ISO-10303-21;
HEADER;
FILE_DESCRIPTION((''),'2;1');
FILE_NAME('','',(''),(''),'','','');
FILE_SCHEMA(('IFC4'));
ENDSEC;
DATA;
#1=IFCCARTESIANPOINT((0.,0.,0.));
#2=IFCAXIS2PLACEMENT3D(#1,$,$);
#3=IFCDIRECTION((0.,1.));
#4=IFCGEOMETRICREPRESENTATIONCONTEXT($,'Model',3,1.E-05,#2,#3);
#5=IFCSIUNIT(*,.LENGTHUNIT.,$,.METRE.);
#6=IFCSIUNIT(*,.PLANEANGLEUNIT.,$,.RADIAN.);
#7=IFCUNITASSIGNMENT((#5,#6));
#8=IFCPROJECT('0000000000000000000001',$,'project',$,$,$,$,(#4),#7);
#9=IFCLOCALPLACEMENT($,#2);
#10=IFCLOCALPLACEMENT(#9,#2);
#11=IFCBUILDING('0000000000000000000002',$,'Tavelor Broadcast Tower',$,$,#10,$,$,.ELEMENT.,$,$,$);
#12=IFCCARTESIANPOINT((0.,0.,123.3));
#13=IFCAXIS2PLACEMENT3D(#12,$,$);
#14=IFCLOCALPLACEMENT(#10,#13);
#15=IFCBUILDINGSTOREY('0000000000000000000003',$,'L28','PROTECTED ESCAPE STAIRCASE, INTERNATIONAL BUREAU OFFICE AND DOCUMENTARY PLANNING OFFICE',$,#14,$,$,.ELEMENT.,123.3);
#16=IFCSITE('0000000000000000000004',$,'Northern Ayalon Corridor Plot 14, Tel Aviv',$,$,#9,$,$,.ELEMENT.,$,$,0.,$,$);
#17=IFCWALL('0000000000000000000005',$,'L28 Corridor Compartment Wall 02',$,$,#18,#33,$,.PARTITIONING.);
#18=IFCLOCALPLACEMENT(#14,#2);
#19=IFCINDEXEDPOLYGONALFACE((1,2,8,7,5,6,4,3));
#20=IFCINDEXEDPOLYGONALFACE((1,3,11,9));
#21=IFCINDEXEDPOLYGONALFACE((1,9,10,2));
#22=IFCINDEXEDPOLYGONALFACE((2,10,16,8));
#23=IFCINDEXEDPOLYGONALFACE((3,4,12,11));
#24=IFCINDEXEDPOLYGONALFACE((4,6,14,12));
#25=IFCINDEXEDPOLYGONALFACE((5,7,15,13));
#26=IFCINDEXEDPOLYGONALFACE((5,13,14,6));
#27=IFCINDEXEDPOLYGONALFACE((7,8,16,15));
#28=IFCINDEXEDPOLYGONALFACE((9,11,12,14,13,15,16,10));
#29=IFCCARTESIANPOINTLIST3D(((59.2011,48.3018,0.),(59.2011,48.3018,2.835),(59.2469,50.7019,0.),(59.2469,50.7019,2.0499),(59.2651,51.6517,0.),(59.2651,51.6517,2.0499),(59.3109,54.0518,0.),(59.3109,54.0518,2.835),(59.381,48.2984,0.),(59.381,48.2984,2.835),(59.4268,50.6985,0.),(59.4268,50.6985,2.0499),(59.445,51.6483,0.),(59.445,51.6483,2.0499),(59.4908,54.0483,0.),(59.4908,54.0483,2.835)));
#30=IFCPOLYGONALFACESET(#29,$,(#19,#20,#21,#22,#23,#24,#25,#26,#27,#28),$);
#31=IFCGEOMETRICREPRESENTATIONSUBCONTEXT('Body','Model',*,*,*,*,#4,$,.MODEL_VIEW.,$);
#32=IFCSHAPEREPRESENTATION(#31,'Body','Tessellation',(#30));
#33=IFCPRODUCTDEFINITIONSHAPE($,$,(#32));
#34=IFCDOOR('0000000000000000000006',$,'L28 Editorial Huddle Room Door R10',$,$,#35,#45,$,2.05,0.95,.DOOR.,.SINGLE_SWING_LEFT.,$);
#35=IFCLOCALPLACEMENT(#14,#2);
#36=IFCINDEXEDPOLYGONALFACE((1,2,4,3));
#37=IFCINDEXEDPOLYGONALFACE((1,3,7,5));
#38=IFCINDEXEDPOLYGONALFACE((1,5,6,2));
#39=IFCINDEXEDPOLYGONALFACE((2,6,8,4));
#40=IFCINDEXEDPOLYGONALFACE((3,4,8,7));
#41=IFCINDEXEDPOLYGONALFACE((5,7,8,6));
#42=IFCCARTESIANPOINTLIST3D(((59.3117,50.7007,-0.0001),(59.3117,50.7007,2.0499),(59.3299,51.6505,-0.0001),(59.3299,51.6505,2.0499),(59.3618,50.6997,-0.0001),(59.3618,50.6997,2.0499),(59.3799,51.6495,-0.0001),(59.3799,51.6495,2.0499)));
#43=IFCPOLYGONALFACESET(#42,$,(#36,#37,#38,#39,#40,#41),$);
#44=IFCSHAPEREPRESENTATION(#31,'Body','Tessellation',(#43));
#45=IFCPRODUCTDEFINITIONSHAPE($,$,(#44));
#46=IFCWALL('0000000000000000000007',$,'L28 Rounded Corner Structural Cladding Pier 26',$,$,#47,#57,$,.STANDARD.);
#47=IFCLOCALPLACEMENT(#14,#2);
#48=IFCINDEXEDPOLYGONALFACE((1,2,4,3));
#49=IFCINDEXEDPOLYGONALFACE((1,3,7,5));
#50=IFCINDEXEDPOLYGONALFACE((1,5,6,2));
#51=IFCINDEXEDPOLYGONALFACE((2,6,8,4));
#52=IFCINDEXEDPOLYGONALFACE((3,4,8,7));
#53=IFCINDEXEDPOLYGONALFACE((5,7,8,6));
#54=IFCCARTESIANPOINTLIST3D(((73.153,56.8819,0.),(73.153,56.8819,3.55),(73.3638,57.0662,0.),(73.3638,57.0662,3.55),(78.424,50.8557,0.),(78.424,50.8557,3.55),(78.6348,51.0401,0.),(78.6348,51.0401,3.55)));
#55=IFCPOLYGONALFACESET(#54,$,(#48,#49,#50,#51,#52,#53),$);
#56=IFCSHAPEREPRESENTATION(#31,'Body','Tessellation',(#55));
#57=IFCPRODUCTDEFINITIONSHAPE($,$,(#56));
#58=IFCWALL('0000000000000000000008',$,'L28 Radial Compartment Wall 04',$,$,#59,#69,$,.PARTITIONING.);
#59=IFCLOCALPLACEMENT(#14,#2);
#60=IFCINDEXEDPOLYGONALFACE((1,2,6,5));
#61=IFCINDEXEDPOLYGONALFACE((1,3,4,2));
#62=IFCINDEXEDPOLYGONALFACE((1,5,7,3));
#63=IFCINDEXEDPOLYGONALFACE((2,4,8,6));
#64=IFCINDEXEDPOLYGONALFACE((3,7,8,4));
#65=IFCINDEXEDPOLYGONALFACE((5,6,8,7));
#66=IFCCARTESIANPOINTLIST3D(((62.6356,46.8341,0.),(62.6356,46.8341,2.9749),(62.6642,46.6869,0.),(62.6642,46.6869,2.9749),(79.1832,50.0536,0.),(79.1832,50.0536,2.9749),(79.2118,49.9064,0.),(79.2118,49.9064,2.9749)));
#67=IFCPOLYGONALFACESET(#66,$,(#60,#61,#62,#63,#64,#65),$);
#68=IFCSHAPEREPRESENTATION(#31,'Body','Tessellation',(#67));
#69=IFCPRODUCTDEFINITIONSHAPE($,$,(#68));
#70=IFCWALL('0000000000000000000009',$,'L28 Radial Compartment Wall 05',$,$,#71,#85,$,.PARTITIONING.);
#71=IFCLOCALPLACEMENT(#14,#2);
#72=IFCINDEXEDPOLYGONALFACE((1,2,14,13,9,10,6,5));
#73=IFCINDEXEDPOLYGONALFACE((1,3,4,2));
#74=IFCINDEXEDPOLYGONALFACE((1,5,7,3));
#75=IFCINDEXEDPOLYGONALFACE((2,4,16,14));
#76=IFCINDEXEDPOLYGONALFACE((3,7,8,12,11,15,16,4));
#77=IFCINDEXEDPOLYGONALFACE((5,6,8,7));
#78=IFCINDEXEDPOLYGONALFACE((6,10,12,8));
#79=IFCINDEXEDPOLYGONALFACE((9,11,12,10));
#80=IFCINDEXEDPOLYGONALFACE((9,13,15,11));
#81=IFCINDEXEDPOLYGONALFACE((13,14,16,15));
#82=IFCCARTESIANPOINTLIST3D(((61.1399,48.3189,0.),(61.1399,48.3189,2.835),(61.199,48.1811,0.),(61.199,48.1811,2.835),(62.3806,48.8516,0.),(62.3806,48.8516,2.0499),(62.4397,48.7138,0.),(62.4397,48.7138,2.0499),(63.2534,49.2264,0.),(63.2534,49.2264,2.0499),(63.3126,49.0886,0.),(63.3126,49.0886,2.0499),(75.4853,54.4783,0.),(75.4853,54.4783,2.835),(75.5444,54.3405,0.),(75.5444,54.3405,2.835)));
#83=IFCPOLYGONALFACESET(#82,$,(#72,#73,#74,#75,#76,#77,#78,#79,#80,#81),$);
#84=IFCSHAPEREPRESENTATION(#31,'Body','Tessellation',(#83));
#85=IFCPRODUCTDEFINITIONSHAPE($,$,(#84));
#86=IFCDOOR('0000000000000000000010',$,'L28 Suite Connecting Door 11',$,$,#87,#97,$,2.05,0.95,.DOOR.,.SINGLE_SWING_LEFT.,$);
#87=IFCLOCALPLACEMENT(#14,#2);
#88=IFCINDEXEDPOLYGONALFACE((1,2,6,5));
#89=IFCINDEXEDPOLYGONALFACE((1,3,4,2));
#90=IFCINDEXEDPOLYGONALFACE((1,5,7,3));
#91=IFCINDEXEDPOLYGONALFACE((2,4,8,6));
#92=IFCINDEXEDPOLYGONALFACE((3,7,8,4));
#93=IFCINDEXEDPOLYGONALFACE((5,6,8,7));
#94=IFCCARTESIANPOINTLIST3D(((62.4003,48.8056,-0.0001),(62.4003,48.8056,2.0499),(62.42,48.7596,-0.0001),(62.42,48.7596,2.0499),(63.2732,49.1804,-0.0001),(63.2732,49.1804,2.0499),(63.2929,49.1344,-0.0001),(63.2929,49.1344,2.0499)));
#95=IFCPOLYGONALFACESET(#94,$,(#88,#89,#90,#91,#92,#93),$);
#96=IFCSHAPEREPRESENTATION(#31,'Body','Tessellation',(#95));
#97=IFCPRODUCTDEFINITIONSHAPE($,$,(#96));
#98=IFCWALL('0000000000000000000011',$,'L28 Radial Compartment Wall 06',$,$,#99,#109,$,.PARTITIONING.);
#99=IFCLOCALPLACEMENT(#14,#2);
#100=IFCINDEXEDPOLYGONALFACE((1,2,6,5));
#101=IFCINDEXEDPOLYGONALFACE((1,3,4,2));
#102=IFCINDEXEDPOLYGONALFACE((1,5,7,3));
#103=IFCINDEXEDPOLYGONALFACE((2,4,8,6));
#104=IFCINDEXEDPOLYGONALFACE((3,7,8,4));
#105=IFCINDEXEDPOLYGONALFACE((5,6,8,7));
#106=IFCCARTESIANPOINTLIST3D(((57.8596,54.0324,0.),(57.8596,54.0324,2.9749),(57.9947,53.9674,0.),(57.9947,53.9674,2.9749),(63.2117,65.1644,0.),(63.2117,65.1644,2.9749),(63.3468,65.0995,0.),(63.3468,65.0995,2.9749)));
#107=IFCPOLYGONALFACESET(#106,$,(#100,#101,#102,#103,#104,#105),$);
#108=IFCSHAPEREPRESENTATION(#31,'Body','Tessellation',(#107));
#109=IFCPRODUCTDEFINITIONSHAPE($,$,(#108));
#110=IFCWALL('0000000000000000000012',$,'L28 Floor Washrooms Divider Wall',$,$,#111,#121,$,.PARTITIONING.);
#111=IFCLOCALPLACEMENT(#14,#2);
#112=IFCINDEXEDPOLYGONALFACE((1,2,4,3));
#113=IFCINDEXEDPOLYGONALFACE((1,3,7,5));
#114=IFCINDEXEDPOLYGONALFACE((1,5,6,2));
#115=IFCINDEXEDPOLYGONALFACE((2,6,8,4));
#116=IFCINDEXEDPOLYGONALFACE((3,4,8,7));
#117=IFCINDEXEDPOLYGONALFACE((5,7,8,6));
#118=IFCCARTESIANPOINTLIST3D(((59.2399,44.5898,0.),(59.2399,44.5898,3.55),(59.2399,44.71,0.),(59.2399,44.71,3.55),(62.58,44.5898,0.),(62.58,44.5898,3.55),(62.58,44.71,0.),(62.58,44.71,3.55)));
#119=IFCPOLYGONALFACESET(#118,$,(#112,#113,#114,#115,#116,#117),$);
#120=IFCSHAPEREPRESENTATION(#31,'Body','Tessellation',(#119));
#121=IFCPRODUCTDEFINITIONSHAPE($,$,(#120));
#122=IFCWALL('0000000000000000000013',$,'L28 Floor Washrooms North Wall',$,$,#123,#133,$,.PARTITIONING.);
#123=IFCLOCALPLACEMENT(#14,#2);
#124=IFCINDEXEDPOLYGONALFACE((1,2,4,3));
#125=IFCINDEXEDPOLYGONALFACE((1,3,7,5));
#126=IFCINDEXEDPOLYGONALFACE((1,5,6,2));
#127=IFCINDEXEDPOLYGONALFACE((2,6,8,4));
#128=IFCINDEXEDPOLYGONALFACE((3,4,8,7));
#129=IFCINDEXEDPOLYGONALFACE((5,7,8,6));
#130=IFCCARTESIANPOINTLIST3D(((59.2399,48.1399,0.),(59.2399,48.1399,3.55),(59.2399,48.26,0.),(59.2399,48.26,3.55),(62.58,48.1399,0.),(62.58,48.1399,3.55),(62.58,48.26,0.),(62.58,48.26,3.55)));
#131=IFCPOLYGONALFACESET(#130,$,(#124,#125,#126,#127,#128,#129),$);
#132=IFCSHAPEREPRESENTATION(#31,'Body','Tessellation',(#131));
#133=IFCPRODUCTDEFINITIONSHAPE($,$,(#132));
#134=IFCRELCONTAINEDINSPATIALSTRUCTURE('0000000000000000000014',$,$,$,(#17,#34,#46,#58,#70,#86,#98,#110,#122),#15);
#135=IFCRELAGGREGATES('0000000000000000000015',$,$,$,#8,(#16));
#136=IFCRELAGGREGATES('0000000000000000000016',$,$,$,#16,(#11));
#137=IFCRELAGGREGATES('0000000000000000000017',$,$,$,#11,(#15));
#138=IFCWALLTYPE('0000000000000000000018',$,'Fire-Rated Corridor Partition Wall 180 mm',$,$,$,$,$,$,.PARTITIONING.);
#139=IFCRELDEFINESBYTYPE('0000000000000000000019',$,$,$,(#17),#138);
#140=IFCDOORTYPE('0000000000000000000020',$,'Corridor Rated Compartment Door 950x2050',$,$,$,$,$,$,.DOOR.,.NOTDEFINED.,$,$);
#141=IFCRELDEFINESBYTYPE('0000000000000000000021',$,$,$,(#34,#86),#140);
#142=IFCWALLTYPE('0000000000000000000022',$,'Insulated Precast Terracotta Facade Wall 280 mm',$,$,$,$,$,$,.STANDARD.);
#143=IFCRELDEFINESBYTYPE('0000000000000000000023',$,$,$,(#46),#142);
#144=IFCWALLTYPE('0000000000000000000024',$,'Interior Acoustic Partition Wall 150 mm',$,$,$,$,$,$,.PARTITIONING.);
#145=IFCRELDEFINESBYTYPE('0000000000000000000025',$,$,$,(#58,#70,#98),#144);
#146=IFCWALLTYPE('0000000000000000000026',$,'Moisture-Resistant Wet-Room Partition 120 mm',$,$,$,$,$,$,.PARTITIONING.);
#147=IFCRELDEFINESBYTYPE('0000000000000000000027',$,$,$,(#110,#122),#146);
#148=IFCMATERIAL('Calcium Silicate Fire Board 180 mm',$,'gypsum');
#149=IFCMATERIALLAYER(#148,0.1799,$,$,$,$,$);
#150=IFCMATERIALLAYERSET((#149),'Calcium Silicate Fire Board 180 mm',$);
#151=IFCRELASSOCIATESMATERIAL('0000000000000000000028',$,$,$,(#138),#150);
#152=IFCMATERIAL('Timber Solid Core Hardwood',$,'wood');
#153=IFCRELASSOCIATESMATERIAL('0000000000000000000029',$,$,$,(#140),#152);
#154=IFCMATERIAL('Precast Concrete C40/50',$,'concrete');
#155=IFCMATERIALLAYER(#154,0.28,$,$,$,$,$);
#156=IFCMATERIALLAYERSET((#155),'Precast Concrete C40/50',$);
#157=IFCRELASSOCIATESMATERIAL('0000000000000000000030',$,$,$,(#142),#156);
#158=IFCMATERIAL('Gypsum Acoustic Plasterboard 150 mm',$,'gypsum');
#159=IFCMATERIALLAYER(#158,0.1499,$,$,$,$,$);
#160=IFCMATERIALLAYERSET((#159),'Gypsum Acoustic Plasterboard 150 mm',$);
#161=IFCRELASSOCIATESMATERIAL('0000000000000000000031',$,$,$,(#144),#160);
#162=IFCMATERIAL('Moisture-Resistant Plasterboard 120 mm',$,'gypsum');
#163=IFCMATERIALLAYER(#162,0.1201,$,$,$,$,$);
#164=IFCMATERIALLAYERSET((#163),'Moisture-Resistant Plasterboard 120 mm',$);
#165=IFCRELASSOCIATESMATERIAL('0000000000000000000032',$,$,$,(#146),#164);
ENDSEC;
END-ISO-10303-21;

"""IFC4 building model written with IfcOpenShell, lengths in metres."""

from ifc_helpers import new_model, si_unit, direction, frame, frame_2d, origin, place, context, subcontext, project, spatial, rectangle, extrude, material, layer, layer_set, type_object, element, fill, save


model = new_model("IFC4")

# Units and contexts
model_context = context("Model", 3, precision=1e-05, world=origin(), true_north=direction((0.0, 1.0)))
body_context = subcontext(model_context, "Body", "Model", "MODEL_VIEW")
ifc_project = project(units=[si_unit("LENGTHUNIT", "METRE"), si_unit("PLANEANGLEUNIT", "RADIAN")], contexts=[model_context])

# Site, building, storey
site_placement = place(None, origin())
site = spatial("IfcSite", under=ifc_project, at=site_placement, Name="Northern Ayalon Corridor Plot 14, Tel Aviv", CompositionType="ELEMENT", RefElevation=0.0)
building_placement = place(site_placement, origin())
building = spatial("IfcBuilding", under=site, at=building_placement, Name="Tavelor Broadcast Tower", CompositionType="ELEMENT")
storey_placement = place(building_placement, frame((0.0, 0.0, 123.3)))
storey = spatial("IfcBuildingStorey", under=building, at=storey_placement, Name="L28", Description="PROTECTED ESCAPE STAIRCASE, INTERNATIONAL BUREAU OFFICE AND DOCUMENTARY PLANNING OFFICE", CompositionType="ELEMENT", Elevation=123.3)

# Wall, opening, door
ifc_material_1 = material(Name="Calcium Silicate Fire Board 180 mm", Category="gypsum")
ifc_layer_1 = layer(ifc_material_1, 0.1799)
ifc_layer_set_1 = layer_set([ifc_layer_1], Name="Calcium Silicate Fire Board 180 mm")
wall_type_1 = type_object("IfcWallType", Name="Fire-Rated Corridor Partition Wall 180 mm", PredefinedType="PARTITIONING", material=ifc_layer_set_1)
wall_1_placement = place(storey_placement, frame((59.4009, 54.05, 0.0), z_axis=(0.0, 0.0, 1.0), x_axis=(-0.019103, -0.999818, 0.0)))
wall_1 = element("IfcWall", 1, at=wall_1_placement, inside=storey, type_object=wall_type_1, Name="L28 Corridor Compartment Wall 02", PredefinedType="PARTITIONING", context=body_context, shape_type="SweptSolid", body=[
    extrude(rectangle(XDim=5.751, YDim=0.1799, at=frame_2d((2.8755, 0.0))), origin(), (0.0, 0.0, 1.0), 2.835),
])
opening_1_placement = place(wall_1_placement, frame((2.4004, 0.0, 0.0)))
opening_1 = element("IfcOpeningElement", 2, at=opening_1_placement, cuts=wall_1, PredefinedType="OPENING", context=body_context, shape_type="SweptSolid", body=[
    extrude(rectangle(XDim=0.95, YDim=2.05, at=frame_2d((0.4751, 1.0249))), frame((0.0, 0.1001, 0.0), z_axis=(0.0, -1.0, 0.0), x_axis=(1.0, 0.0, 0.0)), (0.0, 0.0, 1.0), 0.2),
])
ifc_material_2 = material(Name="Timber Solid Core Hardwood", Category="wood")
door_type = type_object("IfcDoorType", Name="Corridor Rated Compartment Door 950x2050", OperationType="NOTDEFINED", PredefinedType="DOOR", material=ifc_material_2)
door_1_placement = place(opening_1_placement, origin())
door_1 = element("IfcDoor", 3, at=door_1_placement, inside=storey, type_object=door_type, Name="L28 Editorial Huddle Room Door R10", OperationType="SINGLE_SWING_LEFT", OverallHeight=2.05, OverallWidth=0.95, PredefinedType="DOOR", context=body_context, shape_type="SweptSolid", body=[
    extrude(rectangle(XDim=0.95, YDim=2.05, at=frame_2d((0.4751, 1.0249))), frame((0.0, 0.0249, 0.0), z_axis=(0.0, -1.0, 0.0), x_axis=(1.0, 0.0, 0.0)), (0.0, 0.0, 1.0), 0.05),
])
fill(opening_1, door_1)

# Walls
ifc_material_3 = material(Name="Precast Concrete C40/50", Category="concrete")
ifc_layer_2 = layer(ifc_material_3, 0.28)
ifc_layer_set_2 = layer_set([ifc_layer_2], Name="Precast Concrete C40/50")
wall_type_2 = type_object("IfcWallType", Name="Insulated Precast Terracotta Facade Wall 280 mm", PredefinedType="STANDARD", material=ifc_layer_set_2)
wall_2_placement = place(storey_placement, frame((78.5293, 50.948, 0.0), z_axis=(0.0, 0.0, 1.0), x_axis=(-0.658373, 0.752692, 0.0)))
element("IfcWall", 4, at=wall_2_placement, inside=storey, type_object=wall_type_2, Name="L28 Rounded Corner Structural Cladding Pier 26", PredefinedType="STANDARD", context=body_context, shape_type="SweptSolid", body=[
    extrude(rectangle(XDim=8.0061, YDim=0.28, at=frame_2d((4.0029, 0.0))), origin(), (0.0, 0.0, 1.0), 3.55),
])
ifc_material_4 = material(Name="Gypsum Acoustic Plasterboard 150 mm", Category="gypsum")
ifc_layer_3 = layer(ifc_material_4, 0.1499)
ifc_layer_set_3 = layer_set([ifc_layer_3], Name="Gypsum Acoustic Plasterboard 150 mm")
wall_type_3 = type_object("IfcWallType", Name="Interior Acoustic Partition Wall 150 mm", PredefinedType="PARTITIONING", material=ifc_layer_set_3)
wall_3_placement = place(storey_placement, frame((62.6499, 46.7605, 0.0), z_axis=(0.0, 0.0, 1.0), x_axis=(0.981594, 0.190978, 0.0)))
element("IfcWall", 5, at=wall_3_placement, inside=storey, type_object=wall_type_3, Name="L28 Radial Compartment Wall 04", PredefinedType="PARTITIONING", context=body_context, shape_type="SweptSolid", body=[
    extrude(rectangle(XDim=16.8579, YDim=0.1499, at=frame_2d((8.429, 0.0))), origin(), (0.0, 0.0, 1.0), 2.9749),
])

# Wall, opening, door
wall_4_placement = place(storey_placement, frame((61.1694, 48.25, 0.0), z_axis=(0.0, 0.0, 1.0), x_axis=(0.918881, 0.394534, 0.0)))
wall_4 = element("IfcWall", 6, at=wall_4_placement, inside=storey, type_object=wall_type_3, Name="L28 Radial Compartment Wall 05", PredefinedType="PARTITIONING", context=body_context, shape_type="SweptSolid", body=[
    extrude(rectangle(XDim=15.6118, YDim=0.1499, at=frame_2d((7.8059, 0.0))), origin(), (0.0, 0.0, 1.0), 2.835),
])
opening_2_placement = place(wall_4_placement, frame((1.3501, 0.0, 0.0)))
opening_2 = element("IfcOpeningElement", 7, at=opening_2_placement, cuts=wall_4, PredefinedType="OPENING", context=body_context, shape_type="SweptSolid", body=[
    extrude(rectangle(XDim=0.95, YDim=2.05, at=frame_2d((0.4751, 1.0249))), frame((0.0, 0.085, 0.0), z_axis=(0.0, -1.0, 0.0), x_axis=(1.0, 0.0, 0.0)), (0.0, 0.0, 1.0), 0.1699),
])
door_2_placement = place(opening_2_placement, origin())
door_2 = element("IfcDoor", 8, at=door_2_placement, inside=storey, type_object=door_type, Name="L28 Suite Connecting Door 11", OperationType="SINGLE_SWING_LEFT", OverallHeight=2.05, OverallWidth=0.95, PredefinedType="DOOR", context=body_context, shape_type="SweptSolid", body=[
    extrude(rectangle(XDim=0.95, YDim=2.05, at=frame_2d((0.4751, 1.0249))), frame((0.0, 0.0249, 0.0), z_axis=(0.0, -1.0, 0.0), x_axis=(1.0, 0.0, 0.0)), (0.0, 0.0, 1.0), 0.05),
])
fill(opening_2, door_2)

# Walls
wall_5_placement = place(storey_placement, frame((57.9272, 54.0, 0.0), z_axis=(0.0, 0.0, 1.0), x_axis=(0.4333, 0.90125, 0.0)))
element("IfcWall", 9, at=wall_5_placement, inside=storey, type_object=wall_type_3, Name="L28 Radial Compartment Wall 06", PredefinedType="PARTITIONING", context=body_context, shape_type="SweptSolid", body=[
    extrude(rectangle(XDim=12.3518, YDim=0.1499, at=frame_2d((6.1758, 0.0))), origin(), (0.0, 0.0, 1.0), 2.9749),
])
ifc_material_5 = material(Name="Moisture-Resistant Plasterboard 120 mm", Category="gypsum")
ifc_layer_4 = layer(ifc_material_5, 0.1201)
ifc_layer_set_4 = layer_set([ifc_layer_4], Name="Moisture-Resistant Plasterboard 120 mm")
wall_type_4 = type_object("IfcWallType", Name="Moisture-Resistant Wet-Room Partition 120 mm", PredefinedType="PARTITIONING", material=ifc_layer_set_4)
for number, where, z_axis, x_axis, name in (
    (10, (59.24, 44.6499, 0.0), (0.0, 0.0, 1.0), (1.0, 0.0, 0.0), "L28 Floor Washrooms Divider Wall"),
    (11, (59.24, 48.2, 0.0), (0.0, 0.0, 1.0), (1.0, 0.0, 0.0), "L28 Floor Washrooms North Wall"),
):
    element("IfcWall", number, at=place(storey_placement, frame(where, z_axis=z_axis, x_axis=x_axis)), inside=storey, type_object=wall_type_4, Name=name, PredefinedType="PARTITIONING", context=body_context, shape_type="SweptSolid", body=[
        extrude(rectangle(XDim=3.3401, YDim=0.1201, at=frame_2d((1.6699, 0.0))), origin(), (0.0, 0.0, 1.0), 3.55),
    ])

save(model, "model.ifc")
